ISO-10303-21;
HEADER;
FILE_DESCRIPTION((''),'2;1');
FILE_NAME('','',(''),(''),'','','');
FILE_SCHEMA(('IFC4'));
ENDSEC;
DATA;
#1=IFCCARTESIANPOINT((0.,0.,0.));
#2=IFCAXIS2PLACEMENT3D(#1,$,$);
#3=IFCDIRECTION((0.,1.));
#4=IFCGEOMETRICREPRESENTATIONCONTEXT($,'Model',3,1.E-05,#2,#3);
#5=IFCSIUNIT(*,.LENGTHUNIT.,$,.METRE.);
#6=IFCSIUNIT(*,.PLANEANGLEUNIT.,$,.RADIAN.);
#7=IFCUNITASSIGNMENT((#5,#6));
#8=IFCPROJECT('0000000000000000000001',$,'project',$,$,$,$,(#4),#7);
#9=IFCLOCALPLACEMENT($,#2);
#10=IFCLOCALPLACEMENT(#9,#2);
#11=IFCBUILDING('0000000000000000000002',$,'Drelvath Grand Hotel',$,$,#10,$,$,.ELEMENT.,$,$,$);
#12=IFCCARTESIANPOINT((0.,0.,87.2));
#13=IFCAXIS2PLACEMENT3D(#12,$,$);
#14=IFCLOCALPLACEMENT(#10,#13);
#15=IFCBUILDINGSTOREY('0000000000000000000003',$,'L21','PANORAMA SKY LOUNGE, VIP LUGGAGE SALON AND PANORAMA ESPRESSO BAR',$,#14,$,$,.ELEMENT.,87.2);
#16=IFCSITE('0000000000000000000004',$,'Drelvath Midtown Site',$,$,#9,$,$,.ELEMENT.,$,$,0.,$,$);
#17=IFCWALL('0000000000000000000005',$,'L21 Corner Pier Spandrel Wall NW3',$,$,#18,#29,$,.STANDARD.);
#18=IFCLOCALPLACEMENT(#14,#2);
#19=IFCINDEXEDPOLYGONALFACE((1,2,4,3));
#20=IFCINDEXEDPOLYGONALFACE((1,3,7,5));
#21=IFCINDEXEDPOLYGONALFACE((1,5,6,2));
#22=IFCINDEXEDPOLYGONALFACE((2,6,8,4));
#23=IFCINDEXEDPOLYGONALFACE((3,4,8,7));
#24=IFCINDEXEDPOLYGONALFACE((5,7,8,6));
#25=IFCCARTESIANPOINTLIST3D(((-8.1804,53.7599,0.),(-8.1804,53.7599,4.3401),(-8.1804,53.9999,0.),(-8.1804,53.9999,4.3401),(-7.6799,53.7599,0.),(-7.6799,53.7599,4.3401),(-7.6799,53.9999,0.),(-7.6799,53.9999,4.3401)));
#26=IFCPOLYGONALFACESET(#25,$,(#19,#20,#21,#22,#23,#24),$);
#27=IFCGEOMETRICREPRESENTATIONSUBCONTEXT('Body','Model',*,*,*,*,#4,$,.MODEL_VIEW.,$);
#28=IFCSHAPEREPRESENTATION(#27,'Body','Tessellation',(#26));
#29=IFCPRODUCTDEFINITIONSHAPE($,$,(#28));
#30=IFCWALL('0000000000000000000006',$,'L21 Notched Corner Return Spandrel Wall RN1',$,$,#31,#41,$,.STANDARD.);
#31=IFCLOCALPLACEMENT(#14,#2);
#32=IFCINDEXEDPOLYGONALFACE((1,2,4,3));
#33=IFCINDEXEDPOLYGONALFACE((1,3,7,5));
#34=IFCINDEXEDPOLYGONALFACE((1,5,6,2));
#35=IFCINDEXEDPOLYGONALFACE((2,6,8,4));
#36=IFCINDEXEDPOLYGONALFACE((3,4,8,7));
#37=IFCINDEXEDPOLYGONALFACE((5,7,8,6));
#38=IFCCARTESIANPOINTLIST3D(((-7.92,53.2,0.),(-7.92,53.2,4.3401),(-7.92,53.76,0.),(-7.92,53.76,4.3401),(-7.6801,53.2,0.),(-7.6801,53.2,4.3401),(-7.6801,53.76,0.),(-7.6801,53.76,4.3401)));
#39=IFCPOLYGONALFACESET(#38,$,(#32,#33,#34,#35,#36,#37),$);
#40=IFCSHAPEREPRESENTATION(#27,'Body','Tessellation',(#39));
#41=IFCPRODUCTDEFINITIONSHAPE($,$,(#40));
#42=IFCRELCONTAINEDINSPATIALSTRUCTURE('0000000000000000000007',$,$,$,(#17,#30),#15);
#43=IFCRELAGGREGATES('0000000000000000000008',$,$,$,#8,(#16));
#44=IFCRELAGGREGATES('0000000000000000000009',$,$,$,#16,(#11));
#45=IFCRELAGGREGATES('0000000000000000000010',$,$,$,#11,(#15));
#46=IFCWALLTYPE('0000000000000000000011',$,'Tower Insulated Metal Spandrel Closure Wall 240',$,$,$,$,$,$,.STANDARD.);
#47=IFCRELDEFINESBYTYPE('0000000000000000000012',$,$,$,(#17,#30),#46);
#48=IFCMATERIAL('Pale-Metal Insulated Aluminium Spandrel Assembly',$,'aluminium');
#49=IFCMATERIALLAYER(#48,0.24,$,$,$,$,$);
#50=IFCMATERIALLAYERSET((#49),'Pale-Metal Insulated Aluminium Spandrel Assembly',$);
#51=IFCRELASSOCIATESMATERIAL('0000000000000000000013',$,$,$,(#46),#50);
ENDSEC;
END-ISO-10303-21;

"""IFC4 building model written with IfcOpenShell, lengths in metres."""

from ifc_helpers import new_model, si_unit, direction, frame, frame_2d, origin, place, context, subcontext, project, spatial, rectangle, extrude, material, layer, layer_set, type_object, element, save


model = new_model("IFC4")

# Units and contexts
model_context = context("Model", 3, precision=1e-05, world=origin(), true_north=direction((0.0, 1.0)))
body_context = subcontext(model_context, "Body", "Model", "MODEL_VIEW")
ifc_project = project(units=[si_unit("LENGTHUNIT", "METRE"), si_unit("PLANEANGLEUNIT", "RADIAN")], contexts=[model_context])

# Site, building, storey
site_placement = place(None, origin())
site = spatial("IfcSite", under=ifc_project, at=site_placement, Name="Drelvath Midtown Site", CompositionType="ELEMENT", RefElevation=0.0)
building_placement = place(site_placement, origin())
building = spatial("IfcBuilding", under=site, at=building_placement, Name="Drelvath Grand Hotel", CompositionType="ELEMENT")
storey_placement = place(building_placement, frame((0.0, 0.0, 87.2)))
storey = spatial("IfcBuildingStorey", under=building, at=storey_placement, Name="L21", Description="PANORAMA SKY LOUNGE, VIP LUGGAGE SALON AND PANORAMA ESPRESSO BAR", CompositionType="ELEMENT", Elevation=87.2)

# Walls
ifc_material_1 = material(Name="Pale-Metal Insulated Aluminium Spandrel Assembly", Category="aluminium")
ifc_layer_1 = layer(ifc_material_1, 0.24)
ifc_layer_set_1 = layer_set([ifc_layer_1], Name="Pale-Metal Insulated Aluminium Spandrel Assembly")
wall_type = type_object("IfcWallType", Name="Tower Insulated Metal Spandrel Closure Wall 240", PredefinedType="STANDARD", material=ifc_layer_set_1)
wall_1_placement = place(storey_placement, frame((-8.1804, 53.8799, 0.0), z_axis=(0.0, 0.0, 1.0), x_axis=(1.0, 0.0, 0.0)))
element("IfcWall", 1, at=wall_1_placement, inside=storey, type_object=wall_type, Name="L21 Corner Pier Spandrel Wall NW3", PredefinedType="STANDARD", context=body_context, shape_type="SweptSolid", body=[
    extrude(rectangle(XDim=0.5005, YDim=0.24, at=frame_2d((0.2502, 0.0))), origin(), (0.0, 0.0, 1.0), 4.3401),
])
wall_2_placement = place(storey_placement, frame((-7.8, 53.76, 0.0), z_axis=(0.0, 0.0, 1.0), x_axis=(0.0, -1.0, 0.0)))
element("IfcWall", 2, at=wall_2_placement, inside=storey, type_object=wall_type, Name="L21 Notched Corner Return Spandrel Wall RN1", PredefinedType="STANDARD", context=body_context, shape_type="SweptSolid", body=[
    extrude(rectangle(XDim=0.5601, YDim=0.24, at=frame_2d((0.28, 0.0))), origin(), (0.0, 0.0, 1.0), 4.3401),
])

save(model, "model.ifc")
